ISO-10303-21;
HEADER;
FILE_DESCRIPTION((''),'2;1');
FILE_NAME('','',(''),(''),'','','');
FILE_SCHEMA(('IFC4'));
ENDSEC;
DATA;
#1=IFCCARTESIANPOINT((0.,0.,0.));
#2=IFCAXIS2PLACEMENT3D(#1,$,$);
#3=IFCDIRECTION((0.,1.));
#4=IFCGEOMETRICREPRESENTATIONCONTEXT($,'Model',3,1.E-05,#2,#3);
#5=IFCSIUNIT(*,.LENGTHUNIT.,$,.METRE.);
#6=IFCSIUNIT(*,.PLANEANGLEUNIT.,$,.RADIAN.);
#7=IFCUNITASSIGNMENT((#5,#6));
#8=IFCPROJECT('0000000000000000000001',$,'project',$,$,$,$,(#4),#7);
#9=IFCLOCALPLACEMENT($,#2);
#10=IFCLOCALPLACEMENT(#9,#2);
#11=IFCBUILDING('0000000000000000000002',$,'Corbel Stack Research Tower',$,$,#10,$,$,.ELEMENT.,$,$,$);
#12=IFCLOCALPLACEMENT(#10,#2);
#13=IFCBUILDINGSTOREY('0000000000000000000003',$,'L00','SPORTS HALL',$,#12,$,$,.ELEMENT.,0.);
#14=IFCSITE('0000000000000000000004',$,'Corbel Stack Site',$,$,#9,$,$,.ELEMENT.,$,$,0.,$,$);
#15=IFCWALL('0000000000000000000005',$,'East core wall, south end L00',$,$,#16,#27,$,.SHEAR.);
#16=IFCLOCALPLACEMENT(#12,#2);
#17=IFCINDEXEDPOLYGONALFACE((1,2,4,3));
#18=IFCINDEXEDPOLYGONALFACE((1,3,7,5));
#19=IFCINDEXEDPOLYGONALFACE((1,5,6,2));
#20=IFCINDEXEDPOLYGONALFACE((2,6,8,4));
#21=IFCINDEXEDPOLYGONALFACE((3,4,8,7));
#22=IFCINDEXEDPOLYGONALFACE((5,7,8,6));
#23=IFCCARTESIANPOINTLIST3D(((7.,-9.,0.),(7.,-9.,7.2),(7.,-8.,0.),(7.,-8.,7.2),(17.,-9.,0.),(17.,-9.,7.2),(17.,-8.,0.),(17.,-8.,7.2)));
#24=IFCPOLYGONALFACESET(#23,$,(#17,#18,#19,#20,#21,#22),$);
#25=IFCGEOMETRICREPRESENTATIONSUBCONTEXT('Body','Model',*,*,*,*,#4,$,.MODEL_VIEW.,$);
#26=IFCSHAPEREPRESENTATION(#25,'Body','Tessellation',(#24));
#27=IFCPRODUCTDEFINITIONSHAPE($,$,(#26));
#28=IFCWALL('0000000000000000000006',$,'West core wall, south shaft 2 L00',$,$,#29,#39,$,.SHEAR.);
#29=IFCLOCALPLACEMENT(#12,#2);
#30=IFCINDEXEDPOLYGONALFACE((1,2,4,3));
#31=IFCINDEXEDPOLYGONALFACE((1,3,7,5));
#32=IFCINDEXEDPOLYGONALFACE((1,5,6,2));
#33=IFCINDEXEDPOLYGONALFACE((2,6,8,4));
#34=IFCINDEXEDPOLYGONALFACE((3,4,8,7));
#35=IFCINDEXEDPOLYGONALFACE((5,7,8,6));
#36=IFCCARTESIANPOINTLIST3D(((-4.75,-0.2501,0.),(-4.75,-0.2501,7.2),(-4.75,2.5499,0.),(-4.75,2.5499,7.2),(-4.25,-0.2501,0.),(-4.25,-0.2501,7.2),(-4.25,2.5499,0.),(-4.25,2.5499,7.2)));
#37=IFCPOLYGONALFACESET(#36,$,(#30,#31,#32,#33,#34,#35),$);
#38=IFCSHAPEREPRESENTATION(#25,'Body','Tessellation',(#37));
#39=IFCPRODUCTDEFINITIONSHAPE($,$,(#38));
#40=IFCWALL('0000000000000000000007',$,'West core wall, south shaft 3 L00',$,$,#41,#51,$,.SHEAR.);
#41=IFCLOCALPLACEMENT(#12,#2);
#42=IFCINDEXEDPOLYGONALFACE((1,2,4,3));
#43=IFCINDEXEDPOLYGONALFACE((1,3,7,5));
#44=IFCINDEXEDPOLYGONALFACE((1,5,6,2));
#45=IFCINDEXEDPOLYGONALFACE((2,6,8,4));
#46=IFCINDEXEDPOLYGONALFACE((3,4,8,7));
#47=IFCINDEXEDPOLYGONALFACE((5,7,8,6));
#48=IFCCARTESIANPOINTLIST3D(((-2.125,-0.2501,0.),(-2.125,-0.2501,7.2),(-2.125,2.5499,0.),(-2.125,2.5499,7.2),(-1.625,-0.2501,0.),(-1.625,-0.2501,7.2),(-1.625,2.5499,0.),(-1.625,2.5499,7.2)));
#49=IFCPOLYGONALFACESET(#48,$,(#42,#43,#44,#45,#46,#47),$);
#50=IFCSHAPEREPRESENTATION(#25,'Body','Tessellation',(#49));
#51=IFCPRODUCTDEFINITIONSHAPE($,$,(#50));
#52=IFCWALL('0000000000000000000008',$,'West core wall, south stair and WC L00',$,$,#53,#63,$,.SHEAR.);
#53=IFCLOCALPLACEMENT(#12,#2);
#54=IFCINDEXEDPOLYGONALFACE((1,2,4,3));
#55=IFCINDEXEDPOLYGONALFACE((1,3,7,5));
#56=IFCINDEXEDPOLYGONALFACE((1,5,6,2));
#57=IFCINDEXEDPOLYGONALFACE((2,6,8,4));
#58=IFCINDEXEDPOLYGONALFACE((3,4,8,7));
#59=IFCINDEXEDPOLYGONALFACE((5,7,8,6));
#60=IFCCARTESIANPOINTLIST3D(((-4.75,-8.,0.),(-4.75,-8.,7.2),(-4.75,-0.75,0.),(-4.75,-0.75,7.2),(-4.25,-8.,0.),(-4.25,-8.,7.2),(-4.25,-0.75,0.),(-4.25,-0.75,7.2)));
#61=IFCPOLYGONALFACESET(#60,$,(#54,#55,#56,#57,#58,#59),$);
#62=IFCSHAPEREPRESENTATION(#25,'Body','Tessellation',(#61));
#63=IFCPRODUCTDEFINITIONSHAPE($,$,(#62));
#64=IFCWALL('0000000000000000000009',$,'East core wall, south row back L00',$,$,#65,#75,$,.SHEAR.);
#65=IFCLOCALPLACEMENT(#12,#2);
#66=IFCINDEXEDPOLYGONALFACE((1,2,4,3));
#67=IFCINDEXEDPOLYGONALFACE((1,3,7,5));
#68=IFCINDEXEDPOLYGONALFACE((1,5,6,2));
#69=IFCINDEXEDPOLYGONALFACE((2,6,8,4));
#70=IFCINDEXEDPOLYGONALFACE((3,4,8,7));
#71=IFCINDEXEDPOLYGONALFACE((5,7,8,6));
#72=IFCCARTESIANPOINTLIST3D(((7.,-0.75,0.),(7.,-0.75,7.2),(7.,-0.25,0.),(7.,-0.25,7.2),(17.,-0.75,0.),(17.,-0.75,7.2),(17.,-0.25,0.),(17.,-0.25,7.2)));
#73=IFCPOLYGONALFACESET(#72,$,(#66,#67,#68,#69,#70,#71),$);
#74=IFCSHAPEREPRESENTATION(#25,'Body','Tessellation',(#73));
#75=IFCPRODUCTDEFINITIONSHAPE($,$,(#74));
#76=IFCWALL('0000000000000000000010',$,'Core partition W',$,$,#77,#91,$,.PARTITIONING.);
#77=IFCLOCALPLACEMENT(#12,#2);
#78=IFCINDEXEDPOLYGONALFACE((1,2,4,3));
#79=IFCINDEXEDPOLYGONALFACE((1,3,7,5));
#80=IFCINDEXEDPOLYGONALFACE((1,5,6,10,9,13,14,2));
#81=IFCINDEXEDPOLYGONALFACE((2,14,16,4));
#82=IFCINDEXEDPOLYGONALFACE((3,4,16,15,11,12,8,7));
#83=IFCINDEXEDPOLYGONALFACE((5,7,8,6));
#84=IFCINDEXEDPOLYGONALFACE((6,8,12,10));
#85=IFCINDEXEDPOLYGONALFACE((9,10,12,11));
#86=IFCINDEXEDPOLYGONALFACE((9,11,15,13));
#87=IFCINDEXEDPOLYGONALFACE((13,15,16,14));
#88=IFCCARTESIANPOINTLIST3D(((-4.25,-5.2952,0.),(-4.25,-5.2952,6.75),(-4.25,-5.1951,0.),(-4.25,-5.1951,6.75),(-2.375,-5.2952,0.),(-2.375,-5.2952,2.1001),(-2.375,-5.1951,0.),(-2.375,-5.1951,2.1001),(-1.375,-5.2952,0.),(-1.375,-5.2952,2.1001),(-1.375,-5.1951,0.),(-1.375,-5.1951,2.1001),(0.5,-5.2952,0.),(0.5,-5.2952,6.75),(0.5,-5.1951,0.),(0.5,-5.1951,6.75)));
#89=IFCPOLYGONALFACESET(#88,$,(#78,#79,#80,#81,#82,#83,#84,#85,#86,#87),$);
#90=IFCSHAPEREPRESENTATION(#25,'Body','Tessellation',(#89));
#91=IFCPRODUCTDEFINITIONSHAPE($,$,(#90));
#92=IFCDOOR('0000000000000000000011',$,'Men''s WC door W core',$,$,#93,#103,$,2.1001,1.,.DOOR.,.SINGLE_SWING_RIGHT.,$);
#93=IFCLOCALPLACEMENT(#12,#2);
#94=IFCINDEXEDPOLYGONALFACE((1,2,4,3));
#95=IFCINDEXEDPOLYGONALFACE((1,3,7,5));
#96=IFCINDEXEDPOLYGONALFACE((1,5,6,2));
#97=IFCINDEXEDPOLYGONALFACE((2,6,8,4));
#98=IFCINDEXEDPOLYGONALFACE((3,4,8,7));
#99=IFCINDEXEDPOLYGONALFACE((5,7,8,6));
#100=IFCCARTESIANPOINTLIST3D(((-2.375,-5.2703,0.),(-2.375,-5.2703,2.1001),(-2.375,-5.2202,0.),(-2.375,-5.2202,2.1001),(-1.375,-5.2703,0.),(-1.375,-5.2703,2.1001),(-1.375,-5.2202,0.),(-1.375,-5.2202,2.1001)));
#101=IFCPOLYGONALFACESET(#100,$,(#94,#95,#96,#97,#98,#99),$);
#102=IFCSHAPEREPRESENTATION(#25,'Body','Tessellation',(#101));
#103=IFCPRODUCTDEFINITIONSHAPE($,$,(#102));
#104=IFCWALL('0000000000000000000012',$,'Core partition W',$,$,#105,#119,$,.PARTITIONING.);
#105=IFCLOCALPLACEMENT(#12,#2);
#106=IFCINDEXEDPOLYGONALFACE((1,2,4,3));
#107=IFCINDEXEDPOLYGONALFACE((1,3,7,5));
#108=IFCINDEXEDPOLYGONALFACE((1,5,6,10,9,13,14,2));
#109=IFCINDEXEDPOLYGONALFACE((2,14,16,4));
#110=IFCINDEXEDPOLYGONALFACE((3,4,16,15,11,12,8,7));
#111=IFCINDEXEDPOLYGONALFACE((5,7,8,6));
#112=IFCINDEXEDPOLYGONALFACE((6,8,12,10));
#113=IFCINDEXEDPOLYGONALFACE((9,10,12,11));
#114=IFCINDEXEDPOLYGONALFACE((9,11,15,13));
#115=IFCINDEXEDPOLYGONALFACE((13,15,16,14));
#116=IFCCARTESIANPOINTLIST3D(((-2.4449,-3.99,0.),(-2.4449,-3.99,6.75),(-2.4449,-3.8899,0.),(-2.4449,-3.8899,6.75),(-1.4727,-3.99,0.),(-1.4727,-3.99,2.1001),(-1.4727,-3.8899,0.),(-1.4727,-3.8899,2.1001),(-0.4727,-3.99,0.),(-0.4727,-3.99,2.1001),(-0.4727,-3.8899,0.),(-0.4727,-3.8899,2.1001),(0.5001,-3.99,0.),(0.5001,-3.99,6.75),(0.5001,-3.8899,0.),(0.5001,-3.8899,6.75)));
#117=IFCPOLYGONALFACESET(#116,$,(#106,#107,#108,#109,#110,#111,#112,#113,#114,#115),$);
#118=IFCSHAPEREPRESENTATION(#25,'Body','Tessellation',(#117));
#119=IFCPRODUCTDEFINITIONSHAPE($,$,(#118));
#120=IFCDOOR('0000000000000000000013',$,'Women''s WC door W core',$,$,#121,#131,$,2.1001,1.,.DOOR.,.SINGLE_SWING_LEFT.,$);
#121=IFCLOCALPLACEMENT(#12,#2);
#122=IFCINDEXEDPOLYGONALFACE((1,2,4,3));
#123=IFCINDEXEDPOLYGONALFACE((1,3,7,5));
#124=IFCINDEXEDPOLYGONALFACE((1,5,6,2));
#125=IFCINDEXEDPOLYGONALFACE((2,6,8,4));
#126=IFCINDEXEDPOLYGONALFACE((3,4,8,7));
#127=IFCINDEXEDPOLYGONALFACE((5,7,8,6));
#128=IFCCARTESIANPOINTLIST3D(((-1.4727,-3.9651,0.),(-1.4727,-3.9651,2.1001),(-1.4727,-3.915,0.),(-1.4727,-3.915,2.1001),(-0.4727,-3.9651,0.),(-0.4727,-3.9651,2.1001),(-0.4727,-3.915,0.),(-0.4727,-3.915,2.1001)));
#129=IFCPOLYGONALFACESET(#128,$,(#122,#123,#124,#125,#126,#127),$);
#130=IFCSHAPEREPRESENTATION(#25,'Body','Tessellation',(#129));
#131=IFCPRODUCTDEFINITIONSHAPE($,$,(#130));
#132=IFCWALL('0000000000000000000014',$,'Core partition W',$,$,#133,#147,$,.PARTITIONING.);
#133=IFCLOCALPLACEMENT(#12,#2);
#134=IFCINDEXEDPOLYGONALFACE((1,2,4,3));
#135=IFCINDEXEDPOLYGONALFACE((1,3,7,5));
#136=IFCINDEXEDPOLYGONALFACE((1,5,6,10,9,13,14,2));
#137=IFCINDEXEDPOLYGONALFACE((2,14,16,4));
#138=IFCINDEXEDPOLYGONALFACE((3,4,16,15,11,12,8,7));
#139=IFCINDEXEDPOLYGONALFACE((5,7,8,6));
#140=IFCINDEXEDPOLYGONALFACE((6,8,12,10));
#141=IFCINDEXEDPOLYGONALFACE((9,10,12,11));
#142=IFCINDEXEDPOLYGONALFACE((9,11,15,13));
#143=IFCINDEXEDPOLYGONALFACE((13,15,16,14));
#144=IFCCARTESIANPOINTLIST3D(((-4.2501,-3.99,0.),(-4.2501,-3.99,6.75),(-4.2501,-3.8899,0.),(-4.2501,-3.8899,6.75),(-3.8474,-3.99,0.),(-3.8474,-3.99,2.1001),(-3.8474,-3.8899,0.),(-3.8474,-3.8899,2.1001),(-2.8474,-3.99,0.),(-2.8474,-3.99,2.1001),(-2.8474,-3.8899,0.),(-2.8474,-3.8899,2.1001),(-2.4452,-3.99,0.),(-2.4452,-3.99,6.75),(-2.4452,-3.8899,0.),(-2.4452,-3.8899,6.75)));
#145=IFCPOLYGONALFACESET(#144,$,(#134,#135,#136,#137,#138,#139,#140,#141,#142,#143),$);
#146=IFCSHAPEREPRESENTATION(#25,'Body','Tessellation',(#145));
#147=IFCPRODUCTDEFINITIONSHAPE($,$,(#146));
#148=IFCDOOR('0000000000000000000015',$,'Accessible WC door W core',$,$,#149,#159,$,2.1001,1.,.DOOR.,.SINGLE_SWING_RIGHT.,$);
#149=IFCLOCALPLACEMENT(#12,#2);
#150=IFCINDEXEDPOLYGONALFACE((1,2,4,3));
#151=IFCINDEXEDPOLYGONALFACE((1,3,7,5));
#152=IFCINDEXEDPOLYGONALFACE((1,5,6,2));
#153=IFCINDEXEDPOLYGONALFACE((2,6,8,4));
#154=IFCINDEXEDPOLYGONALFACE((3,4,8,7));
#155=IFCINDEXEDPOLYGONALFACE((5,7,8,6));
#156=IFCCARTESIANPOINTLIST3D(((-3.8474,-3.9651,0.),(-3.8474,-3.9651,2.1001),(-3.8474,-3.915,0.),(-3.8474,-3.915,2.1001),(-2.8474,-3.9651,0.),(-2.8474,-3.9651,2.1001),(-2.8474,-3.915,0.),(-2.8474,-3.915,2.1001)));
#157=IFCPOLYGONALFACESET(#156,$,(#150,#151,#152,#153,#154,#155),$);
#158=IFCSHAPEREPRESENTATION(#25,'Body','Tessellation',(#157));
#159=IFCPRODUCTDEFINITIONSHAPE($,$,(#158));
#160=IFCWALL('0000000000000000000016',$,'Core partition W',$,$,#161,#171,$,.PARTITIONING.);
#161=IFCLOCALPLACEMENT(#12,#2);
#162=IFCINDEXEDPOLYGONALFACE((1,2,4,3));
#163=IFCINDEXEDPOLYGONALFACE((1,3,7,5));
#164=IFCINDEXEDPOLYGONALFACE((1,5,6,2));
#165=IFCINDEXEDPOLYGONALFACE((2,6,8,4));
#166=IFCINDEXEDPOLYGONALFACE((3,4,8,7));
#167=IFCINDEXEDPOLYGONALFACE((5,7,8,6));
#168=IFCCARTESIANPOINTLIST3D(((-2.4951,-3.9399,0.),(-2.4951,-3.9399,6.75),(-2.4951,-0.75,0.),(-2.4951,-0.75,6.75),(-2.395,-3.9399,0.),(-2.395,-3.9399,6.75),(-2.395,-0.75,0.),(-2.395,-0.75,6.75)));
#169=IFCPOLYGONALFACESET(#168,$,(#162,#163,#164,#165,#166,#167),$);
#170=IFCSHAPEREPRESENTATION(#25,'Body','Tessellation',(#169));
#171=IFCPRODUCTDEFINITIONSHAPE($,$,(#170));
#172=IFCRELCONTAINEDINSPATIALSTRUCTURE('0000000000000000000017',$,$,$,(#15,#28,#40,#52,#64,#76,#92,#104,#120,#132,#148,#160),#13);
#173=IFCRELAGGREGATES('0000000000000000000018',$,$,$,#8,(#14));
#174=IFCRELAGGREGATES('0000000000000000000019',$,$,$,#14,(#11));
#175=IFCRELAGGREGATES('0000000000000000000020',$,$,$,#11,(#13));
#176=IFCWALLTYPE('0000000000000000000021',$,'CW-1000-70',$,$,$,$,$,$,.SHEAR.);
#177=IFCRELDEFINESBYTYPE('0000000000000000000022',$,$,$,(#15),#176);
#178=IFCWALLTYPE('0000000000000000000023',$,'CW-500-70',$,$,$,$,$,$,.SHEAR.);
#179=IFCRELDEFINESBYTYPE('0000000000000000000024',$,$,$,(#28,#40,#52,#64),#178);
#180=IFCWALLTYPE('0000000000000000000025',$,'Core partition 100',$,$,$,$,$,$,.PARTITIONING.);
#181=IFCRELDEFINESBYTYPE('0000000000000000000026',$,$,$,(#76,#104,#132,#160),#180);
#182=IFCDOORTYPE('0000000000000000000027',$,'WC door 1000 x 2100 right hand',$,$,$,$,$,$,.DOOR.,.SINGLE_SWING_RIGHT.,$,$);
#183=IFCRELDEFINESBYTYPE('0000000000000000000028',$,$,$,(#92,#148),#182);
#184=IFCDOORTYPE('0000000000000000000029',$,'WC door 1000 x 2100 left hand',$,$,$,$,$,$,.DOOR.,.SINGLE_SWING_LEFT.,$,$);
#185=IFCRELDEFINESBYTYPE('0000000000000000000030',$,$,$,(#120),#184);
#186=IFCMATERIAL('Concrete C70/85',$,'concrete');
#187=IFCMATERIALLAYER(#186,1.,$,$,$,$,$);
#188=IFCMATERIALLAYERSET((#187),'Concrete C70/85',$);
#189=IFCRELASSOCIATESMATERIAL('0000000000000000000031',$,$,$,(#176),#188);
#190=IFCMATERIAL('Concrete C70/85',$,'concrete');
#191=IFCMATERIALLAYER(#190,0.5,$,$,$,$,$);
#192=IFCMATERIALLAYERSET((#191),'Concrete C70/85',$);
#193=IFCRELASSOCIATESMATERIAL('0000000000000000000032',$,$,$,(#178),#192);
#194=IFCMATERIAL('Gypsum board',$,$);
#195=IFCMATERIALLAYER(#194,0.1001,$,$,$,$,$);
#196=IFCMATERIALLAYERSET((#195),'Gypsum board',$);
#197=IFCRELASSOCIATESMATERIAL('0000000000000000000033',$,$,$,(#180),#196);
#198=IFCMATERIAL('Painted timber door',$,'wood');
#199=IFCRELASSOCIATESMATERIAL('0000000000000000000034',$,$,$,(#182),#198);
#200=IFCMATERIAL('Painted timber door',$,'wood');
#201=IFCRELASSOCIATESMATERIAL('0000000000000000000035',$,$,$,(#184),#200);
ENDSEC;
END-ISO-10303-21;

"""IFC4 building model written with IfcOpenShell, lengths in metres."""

from ifc_helpers import new_model, si_unit, direction, frame, frame_2d, origin, place, context, subcontext, project, spatial, rectangle, extrude, material, layer, layer_set, type_object, element, fill, save


model = new_model("IFC4")

# Units and contexts
model_context = context("Model", 3, precision=1e-05, world=origin(), true_north=direction((0.0, 1.0)))
body_context = subcontext(model_context, "Body", "Model", "MODEL_VIEW")
ifc_project = project(units=[si_unit("LENGTHUNIT", "METRE"), si_unit("PLANEANGLEUNIT", "RADIAN")], contexts=[model_context])

# Site, building, storey
site_placement = place(None, origin())
site = spatial("IfcSite", under=ifc_project, at=site_placement, Name="Corbel Stack Site", CompositionType="ELEMENT", RefElevation=0.0)
building_placement = place(site_placement, origin())
building = spatial("IfcBuilding", under=site, at=building_placement, Name="Corbel Stack Research Tower", CompositionType="ELEMENT")
storey_placement = place(building_placement, origin())
storey = spatial("IfcBuildingStorey", under=building, at=storey_placement, Name="L00", Description="SPORTS HALL", CompositionType="ELEMENT", Elevation=0.0)

# Shared definitions
ifc_material_1 = material(Name="Concrete C70/85", Category="concrete")
ifc_layer_1 = layer(ifc_material_1, 1.0)
ifc_layer_set_1 = layer_set([ifc_layer_1], Name="Concrete C70/85")
wall_type_1 = type_object("IfcWallType", Name="CW-1000-70", PredefinedType="SHEAR", material=ifc_layer_set_1)

# Walls
wall_1_placement = place(storey_placement, frame((7.0, -8.5, 0.0), z_axis=(0.0, 0.0, 1.0), x_axis=(1.0, 0.0, 0.0)))
element("IfcWall", 1, at=wall_1_placement, inside=storey, type_object=wall_type_1, Name="East core wall, south end L00", PredefinedType="SHEAR", context=body_context, shape_type="SweptSolid", body=[
    extrude(rectangle(XDim=10.0, YDim=1.0, at=frame_2d((5.0, 0.0))), origin(), (0.0, 0.0, 1.0), 7.2),
])
ifc_material_2 = material(Name="Concrete C70/85", Category="concrete")
ifc_layer_2 = layer(ifc_material_2, 0.5)
ifc_layer_set_2 = layer_set([ifc_layer_2], Name="Concrete C70/85")
wall_type_2 = type_object("IfcWallType", Name="CW-500-70", PredefinedType="SHEAR", material=ifc_layer_set_2)
for number, where, z_axis, x_axis, name in (
    (2, (-4.5, -0.25, 0.0), (0.0, 0.0, 1.0), (0.0, 1.0, 0.0), "West core wall, south shaft 2 L00"),
    (3, (-1.875, -0.25, 0.0), (0.0, 0.0, 1.0), (0.0, 1.0, 0.0), "West core wall, south shaft 3 L00"),
):
    element("IfcWall", number, at=place(storey_placement, frame(where, z_axis=z_axis, x_axis=x_axis)), inside=storey, type_object=wall_type_2, Name=name, PredefinedType="SHEAR", context=body_context, shape_type="SweptSolid", body=[
        extrude(rectangle(XDim=2.8, YDim=0.5, at=frame_2d((1.3999, 0.0))), origin(), (0.0, 0.0, 1.0), 7.2),
    ])
wall_2_placement = place(storey_placement, frame((-4.5, -8.0, 0.0), z_axis=(0.0, 0.0, 1.0), x_axis=(0.0, 1.0, 0.0)))
element("IfcWall", 4, at=wall_2_placement, inside=storey, type_object=wall_type_2, Name="West core wall, south stair and WC L00", PredefinedType="SHEAR", context=body_context, shape_type="SweptSolid", body=[
    extrude(rectangle(XDim=7.25, YDim=0.5, at=frame_2d((3.625, 0.0))), origin(), (0.0, 0.0, 1.0), 7.2),
])
wall_3_placement = place(storey_placement, frame((7.0, -0.5, 0.0), z_axis=(0.0, 0.0, 1.0), x_axis=(1.0, 0.0, 0.0)))
element("IfcWall", 5, at=wall_3_placement, inside=storey, type_object=wall_type_2, Name="East core wall, south row back L00", PredefinedType="SHEAR", context=body_context, shape_type="SweptSolid", body=[
    extrude(rectangle(XDim=10.0, YDim=0.5, at=frame_2d((5.0, 0.0))), origin(), (0.0, 0.0, 1.0), 7.2),
])

# Walls, openings, doors
ifc_material_3 = material(Name="Gypsum board")
ifc_layer_3 = layer(ifc_material_3, 0.1001)
ifc_layer_set_3 = layer_set([ifc_layer_3], Name="Gypsum board")
wall_type_3 = type_object("IfcWallType", Name="Core partition 100", PredefinedType="PARTITIONING", material=ifc_layer_set_3)
wall_4_placement = place(storey_placement, frame((-4.25, -5.2451, 0.0), z_axis=(0.0, 0.0, 1.0), x_axis=(1.0, 0.0, 0.0)))
wall_4 = element("IfcWall", 6, at=wall_4_placement, inside=storey, type_object=wall_type_3, Name="Core partition W", PredefinedType="PARTITIONING", context=body_context, shape_type="SweptSolid", body=[
    extrude(rectangle(XDim=4.75, YDim=0.1001, at=frame_2d((2.375, 0.0))), origin(), (0.0, 0.0, 1.0), 6.75),
])
opening_1_placement = place(wall_4_placement, frame((1.875, 0.0, 0.0)))
opening_1 = element("IfcOpeningElement", 7, at=opening_1_placement, cuts=wall_4, PredefinedType="OPENING", context=body_context, shape_type="SweptSolid", body=[
    extrude(rectangle(XDim=1.0, YDim=2.1001, at=frame_2d((0.5, 1.05))), frame((0.0, 0.0601, 0.0), z_axis=(0.0, -1.0, 0.0), x_axis=(1.0, 0.0, 0.0)), (0.0, 0.0, 1.0), 0.1201),
])
ifc_material_4 = material(Name="Painted timber door", Category="wood")
door_type_1 = type_object("IfcDoorType", Name="WC door 1000 x 2100 right hand", OperationType="SINGLE_SWING_RIGHT", PredefinedType="DOOR", material=ifc_material_4)
door_1_placement = place(opening_1_placement, origin())
door_1 = element("IfcDoor", 8, at=door_1_placement, inside=storey, type_object=door_type_1, Name="Men's WC door W core", OperationType="SINGLE_SWING_RIGHT", OverallHeight=2.1001, OverallWidth=1.0, PredefinedType="DOOR", context=body_context, shape_type="SweptSolid", body=[
    extrude(rectangle(XDim=1.0, YDim=2.1001, at=frame_2d((0.5, 1.05))), frame((0.0, 0.0249, 0.0), z_axis=(0.0, -1.0, 0.0), x_axis=(1.0, 0.0, 0.0)), (0.0, 0.0, 1.0), 0.05),
])
fill(opening_1, door_1)
wall_5_placement = place(storey_placement, frame((-2.4451, -3.9399, 0.0), z_axis=(0.0, 0.0, 1.0), x_axis=(1.0, 0.0, 0.0)))
wall_5 = element("IfcWall", 9, at=wall_5_placement, inside=storey, type_object=wall_type_3, Name="Core partition W", PredefinedType="PARTITIONING", context=body_context, shape_type="SweptSolid", body=[
    extrude(rectangle(XDim=2.9451, YDim=0.1001, at=frame_2d((1.4727, 0.0))), origin(), (0.0, 0.0, 1.0), 6.75),
])
opening_2_placement = place(wall_5_placement, frame((0.9724, 0.0, 0.0)))
opening_2 = element("IfcOpeningElement", 10, at=opening_2_placement, cuts=wall_5, PredefinedType="OPENING", context=body_context, shape_type="SweptSolid", body=[
    extrude(rectangle(XDim=1.0, YDim=2.1001, at=frame_2d((0.5, 1.05))), frame((0.0, 0.0601, 0.0), z_axis=(0.0, -1.0, 0.0), x_axis=(1.0, 0.0, 0.0)), (0.0, 0.0, 1.0), 0.1201),
])
ifc_material_5 = material(Name="Painted timber door", Category="wood")
door_type_2 = type_object("IfcDoorType", Name="WC door 1000 x 2100 left hand", OperationType="SINGLE_SWING_LEFT", PredefinedType="DOOR", material=ifc_material_5)
door_2_placement = place(opening_2_placement, origin())
door_2 = element("IfcDoor", 11, at=door_2_placement, inside=storey, type_object=door_type_2, Name="Women's WC door W core", OperationType="SINGLE_SWING_LEFT", OverallHeight=2.1001, OverallWidth=1.0, PredefinedType="DOOR", context=body_context, shape_type="SweptSolid", body=[
    extrude(rectangle(XDim=1.0, YDim=2.1001, at=frame_2d((0.5, 1.05))), frame((0.0, 0.0249, 0.0), z_axis=(0.0, -1.0, 0.0), x_axis=(1.0, 0.0, 0.0)), (0.0, 0.0, 1.0), 0.05),
])
fill(opening_2, door_2)
wall_6_placement = place(storey_placement, frame((-4.25, -3.9399, 0.0), z_axis=(0.0, 0.0, 1.0), x_axis=(1.0, 0.0, 0.0)))
wall_6 = element("IfcWall", 12, at=wall_6_placement, inside=storey, type_object=wall_type_3, Name="Core partition W", PredefinedType="PARTITIONING", context=body_context, shape_type="SweptSolid", body=[
    extrude(rectangle(XDim=1.8049, YDim=0.1001, at=frame_2d((0.9023, 0.0))), origin(), (0.0, 0.0, 1.0), 6.75),
])
opening_3_placement = place(wall_6_placement, frame((0.4026, 0.0, 0.0)))
opening_3 = element("IfcOpeningElement", 13, at=opening_3_placement, cuts=wall_6, PredefinedType="OPENING", context=body_context, shape_type="SweptSolid", body=[
    extrude(rectangle(XDim=1.0, YDim=2.1001, at=frame_2d((0.5, 1.05))), frame((0.0, 0.0601, 0.0), z_axis=(0.0, -1.0, 0.0), x_axis=(1.0, 0.0, 0.0)), (0.0, 0.0, 1.0), 0.1201),
])
door_3_placement = place(opening_3_placement, origin())
door_3 = element("IfcDoor", 14, at=door_3_placement, inside=storey, type_object=door_type_1, Name="Accessible WC door W core", OperationType="SINGLE_SWING_RIGHT", OverallHeight=2.1001, OverallWidth=1.0, PredefinedType="DOOR", context=body_context, shape_type="SweptSolid", body=[
    extrude(rectangle(XDim=1.0, YDim=2.1001, at=frame_2d((0.5, 1.05))), frame((0.0, 0.0249, 0.0), z_axis=(0.0, -1.0, 0.0), x_axis=(1.0, 0.0, 0.0)), (0.0, 0.0, 1.0), 0.05),
])
fill(opening_3, door_3)

# Wall
wall_7_placement = place(storey_placement, frame((-2.4451, -3.9399, 0.0), z_axis=(0.0, 0.0, 1.0), x_axis=(0.0, 1.0, 0.0)))
element("IfcWall", 15, at=wall_7_placement, inside=storey, type_object=wall_type_3, Name="Core partition W", PredefinedType="PARTITIONING", context=body_context, shape_type="SweptSolid", body=[
    extrude(rectangle(XDim=3.1899, YDim=0.1001, at=frame_2d((1.595, 0.0))), origin(), (0.0, 0.0, 1.0), 6.75),
])

save(model, "model.ifc")
